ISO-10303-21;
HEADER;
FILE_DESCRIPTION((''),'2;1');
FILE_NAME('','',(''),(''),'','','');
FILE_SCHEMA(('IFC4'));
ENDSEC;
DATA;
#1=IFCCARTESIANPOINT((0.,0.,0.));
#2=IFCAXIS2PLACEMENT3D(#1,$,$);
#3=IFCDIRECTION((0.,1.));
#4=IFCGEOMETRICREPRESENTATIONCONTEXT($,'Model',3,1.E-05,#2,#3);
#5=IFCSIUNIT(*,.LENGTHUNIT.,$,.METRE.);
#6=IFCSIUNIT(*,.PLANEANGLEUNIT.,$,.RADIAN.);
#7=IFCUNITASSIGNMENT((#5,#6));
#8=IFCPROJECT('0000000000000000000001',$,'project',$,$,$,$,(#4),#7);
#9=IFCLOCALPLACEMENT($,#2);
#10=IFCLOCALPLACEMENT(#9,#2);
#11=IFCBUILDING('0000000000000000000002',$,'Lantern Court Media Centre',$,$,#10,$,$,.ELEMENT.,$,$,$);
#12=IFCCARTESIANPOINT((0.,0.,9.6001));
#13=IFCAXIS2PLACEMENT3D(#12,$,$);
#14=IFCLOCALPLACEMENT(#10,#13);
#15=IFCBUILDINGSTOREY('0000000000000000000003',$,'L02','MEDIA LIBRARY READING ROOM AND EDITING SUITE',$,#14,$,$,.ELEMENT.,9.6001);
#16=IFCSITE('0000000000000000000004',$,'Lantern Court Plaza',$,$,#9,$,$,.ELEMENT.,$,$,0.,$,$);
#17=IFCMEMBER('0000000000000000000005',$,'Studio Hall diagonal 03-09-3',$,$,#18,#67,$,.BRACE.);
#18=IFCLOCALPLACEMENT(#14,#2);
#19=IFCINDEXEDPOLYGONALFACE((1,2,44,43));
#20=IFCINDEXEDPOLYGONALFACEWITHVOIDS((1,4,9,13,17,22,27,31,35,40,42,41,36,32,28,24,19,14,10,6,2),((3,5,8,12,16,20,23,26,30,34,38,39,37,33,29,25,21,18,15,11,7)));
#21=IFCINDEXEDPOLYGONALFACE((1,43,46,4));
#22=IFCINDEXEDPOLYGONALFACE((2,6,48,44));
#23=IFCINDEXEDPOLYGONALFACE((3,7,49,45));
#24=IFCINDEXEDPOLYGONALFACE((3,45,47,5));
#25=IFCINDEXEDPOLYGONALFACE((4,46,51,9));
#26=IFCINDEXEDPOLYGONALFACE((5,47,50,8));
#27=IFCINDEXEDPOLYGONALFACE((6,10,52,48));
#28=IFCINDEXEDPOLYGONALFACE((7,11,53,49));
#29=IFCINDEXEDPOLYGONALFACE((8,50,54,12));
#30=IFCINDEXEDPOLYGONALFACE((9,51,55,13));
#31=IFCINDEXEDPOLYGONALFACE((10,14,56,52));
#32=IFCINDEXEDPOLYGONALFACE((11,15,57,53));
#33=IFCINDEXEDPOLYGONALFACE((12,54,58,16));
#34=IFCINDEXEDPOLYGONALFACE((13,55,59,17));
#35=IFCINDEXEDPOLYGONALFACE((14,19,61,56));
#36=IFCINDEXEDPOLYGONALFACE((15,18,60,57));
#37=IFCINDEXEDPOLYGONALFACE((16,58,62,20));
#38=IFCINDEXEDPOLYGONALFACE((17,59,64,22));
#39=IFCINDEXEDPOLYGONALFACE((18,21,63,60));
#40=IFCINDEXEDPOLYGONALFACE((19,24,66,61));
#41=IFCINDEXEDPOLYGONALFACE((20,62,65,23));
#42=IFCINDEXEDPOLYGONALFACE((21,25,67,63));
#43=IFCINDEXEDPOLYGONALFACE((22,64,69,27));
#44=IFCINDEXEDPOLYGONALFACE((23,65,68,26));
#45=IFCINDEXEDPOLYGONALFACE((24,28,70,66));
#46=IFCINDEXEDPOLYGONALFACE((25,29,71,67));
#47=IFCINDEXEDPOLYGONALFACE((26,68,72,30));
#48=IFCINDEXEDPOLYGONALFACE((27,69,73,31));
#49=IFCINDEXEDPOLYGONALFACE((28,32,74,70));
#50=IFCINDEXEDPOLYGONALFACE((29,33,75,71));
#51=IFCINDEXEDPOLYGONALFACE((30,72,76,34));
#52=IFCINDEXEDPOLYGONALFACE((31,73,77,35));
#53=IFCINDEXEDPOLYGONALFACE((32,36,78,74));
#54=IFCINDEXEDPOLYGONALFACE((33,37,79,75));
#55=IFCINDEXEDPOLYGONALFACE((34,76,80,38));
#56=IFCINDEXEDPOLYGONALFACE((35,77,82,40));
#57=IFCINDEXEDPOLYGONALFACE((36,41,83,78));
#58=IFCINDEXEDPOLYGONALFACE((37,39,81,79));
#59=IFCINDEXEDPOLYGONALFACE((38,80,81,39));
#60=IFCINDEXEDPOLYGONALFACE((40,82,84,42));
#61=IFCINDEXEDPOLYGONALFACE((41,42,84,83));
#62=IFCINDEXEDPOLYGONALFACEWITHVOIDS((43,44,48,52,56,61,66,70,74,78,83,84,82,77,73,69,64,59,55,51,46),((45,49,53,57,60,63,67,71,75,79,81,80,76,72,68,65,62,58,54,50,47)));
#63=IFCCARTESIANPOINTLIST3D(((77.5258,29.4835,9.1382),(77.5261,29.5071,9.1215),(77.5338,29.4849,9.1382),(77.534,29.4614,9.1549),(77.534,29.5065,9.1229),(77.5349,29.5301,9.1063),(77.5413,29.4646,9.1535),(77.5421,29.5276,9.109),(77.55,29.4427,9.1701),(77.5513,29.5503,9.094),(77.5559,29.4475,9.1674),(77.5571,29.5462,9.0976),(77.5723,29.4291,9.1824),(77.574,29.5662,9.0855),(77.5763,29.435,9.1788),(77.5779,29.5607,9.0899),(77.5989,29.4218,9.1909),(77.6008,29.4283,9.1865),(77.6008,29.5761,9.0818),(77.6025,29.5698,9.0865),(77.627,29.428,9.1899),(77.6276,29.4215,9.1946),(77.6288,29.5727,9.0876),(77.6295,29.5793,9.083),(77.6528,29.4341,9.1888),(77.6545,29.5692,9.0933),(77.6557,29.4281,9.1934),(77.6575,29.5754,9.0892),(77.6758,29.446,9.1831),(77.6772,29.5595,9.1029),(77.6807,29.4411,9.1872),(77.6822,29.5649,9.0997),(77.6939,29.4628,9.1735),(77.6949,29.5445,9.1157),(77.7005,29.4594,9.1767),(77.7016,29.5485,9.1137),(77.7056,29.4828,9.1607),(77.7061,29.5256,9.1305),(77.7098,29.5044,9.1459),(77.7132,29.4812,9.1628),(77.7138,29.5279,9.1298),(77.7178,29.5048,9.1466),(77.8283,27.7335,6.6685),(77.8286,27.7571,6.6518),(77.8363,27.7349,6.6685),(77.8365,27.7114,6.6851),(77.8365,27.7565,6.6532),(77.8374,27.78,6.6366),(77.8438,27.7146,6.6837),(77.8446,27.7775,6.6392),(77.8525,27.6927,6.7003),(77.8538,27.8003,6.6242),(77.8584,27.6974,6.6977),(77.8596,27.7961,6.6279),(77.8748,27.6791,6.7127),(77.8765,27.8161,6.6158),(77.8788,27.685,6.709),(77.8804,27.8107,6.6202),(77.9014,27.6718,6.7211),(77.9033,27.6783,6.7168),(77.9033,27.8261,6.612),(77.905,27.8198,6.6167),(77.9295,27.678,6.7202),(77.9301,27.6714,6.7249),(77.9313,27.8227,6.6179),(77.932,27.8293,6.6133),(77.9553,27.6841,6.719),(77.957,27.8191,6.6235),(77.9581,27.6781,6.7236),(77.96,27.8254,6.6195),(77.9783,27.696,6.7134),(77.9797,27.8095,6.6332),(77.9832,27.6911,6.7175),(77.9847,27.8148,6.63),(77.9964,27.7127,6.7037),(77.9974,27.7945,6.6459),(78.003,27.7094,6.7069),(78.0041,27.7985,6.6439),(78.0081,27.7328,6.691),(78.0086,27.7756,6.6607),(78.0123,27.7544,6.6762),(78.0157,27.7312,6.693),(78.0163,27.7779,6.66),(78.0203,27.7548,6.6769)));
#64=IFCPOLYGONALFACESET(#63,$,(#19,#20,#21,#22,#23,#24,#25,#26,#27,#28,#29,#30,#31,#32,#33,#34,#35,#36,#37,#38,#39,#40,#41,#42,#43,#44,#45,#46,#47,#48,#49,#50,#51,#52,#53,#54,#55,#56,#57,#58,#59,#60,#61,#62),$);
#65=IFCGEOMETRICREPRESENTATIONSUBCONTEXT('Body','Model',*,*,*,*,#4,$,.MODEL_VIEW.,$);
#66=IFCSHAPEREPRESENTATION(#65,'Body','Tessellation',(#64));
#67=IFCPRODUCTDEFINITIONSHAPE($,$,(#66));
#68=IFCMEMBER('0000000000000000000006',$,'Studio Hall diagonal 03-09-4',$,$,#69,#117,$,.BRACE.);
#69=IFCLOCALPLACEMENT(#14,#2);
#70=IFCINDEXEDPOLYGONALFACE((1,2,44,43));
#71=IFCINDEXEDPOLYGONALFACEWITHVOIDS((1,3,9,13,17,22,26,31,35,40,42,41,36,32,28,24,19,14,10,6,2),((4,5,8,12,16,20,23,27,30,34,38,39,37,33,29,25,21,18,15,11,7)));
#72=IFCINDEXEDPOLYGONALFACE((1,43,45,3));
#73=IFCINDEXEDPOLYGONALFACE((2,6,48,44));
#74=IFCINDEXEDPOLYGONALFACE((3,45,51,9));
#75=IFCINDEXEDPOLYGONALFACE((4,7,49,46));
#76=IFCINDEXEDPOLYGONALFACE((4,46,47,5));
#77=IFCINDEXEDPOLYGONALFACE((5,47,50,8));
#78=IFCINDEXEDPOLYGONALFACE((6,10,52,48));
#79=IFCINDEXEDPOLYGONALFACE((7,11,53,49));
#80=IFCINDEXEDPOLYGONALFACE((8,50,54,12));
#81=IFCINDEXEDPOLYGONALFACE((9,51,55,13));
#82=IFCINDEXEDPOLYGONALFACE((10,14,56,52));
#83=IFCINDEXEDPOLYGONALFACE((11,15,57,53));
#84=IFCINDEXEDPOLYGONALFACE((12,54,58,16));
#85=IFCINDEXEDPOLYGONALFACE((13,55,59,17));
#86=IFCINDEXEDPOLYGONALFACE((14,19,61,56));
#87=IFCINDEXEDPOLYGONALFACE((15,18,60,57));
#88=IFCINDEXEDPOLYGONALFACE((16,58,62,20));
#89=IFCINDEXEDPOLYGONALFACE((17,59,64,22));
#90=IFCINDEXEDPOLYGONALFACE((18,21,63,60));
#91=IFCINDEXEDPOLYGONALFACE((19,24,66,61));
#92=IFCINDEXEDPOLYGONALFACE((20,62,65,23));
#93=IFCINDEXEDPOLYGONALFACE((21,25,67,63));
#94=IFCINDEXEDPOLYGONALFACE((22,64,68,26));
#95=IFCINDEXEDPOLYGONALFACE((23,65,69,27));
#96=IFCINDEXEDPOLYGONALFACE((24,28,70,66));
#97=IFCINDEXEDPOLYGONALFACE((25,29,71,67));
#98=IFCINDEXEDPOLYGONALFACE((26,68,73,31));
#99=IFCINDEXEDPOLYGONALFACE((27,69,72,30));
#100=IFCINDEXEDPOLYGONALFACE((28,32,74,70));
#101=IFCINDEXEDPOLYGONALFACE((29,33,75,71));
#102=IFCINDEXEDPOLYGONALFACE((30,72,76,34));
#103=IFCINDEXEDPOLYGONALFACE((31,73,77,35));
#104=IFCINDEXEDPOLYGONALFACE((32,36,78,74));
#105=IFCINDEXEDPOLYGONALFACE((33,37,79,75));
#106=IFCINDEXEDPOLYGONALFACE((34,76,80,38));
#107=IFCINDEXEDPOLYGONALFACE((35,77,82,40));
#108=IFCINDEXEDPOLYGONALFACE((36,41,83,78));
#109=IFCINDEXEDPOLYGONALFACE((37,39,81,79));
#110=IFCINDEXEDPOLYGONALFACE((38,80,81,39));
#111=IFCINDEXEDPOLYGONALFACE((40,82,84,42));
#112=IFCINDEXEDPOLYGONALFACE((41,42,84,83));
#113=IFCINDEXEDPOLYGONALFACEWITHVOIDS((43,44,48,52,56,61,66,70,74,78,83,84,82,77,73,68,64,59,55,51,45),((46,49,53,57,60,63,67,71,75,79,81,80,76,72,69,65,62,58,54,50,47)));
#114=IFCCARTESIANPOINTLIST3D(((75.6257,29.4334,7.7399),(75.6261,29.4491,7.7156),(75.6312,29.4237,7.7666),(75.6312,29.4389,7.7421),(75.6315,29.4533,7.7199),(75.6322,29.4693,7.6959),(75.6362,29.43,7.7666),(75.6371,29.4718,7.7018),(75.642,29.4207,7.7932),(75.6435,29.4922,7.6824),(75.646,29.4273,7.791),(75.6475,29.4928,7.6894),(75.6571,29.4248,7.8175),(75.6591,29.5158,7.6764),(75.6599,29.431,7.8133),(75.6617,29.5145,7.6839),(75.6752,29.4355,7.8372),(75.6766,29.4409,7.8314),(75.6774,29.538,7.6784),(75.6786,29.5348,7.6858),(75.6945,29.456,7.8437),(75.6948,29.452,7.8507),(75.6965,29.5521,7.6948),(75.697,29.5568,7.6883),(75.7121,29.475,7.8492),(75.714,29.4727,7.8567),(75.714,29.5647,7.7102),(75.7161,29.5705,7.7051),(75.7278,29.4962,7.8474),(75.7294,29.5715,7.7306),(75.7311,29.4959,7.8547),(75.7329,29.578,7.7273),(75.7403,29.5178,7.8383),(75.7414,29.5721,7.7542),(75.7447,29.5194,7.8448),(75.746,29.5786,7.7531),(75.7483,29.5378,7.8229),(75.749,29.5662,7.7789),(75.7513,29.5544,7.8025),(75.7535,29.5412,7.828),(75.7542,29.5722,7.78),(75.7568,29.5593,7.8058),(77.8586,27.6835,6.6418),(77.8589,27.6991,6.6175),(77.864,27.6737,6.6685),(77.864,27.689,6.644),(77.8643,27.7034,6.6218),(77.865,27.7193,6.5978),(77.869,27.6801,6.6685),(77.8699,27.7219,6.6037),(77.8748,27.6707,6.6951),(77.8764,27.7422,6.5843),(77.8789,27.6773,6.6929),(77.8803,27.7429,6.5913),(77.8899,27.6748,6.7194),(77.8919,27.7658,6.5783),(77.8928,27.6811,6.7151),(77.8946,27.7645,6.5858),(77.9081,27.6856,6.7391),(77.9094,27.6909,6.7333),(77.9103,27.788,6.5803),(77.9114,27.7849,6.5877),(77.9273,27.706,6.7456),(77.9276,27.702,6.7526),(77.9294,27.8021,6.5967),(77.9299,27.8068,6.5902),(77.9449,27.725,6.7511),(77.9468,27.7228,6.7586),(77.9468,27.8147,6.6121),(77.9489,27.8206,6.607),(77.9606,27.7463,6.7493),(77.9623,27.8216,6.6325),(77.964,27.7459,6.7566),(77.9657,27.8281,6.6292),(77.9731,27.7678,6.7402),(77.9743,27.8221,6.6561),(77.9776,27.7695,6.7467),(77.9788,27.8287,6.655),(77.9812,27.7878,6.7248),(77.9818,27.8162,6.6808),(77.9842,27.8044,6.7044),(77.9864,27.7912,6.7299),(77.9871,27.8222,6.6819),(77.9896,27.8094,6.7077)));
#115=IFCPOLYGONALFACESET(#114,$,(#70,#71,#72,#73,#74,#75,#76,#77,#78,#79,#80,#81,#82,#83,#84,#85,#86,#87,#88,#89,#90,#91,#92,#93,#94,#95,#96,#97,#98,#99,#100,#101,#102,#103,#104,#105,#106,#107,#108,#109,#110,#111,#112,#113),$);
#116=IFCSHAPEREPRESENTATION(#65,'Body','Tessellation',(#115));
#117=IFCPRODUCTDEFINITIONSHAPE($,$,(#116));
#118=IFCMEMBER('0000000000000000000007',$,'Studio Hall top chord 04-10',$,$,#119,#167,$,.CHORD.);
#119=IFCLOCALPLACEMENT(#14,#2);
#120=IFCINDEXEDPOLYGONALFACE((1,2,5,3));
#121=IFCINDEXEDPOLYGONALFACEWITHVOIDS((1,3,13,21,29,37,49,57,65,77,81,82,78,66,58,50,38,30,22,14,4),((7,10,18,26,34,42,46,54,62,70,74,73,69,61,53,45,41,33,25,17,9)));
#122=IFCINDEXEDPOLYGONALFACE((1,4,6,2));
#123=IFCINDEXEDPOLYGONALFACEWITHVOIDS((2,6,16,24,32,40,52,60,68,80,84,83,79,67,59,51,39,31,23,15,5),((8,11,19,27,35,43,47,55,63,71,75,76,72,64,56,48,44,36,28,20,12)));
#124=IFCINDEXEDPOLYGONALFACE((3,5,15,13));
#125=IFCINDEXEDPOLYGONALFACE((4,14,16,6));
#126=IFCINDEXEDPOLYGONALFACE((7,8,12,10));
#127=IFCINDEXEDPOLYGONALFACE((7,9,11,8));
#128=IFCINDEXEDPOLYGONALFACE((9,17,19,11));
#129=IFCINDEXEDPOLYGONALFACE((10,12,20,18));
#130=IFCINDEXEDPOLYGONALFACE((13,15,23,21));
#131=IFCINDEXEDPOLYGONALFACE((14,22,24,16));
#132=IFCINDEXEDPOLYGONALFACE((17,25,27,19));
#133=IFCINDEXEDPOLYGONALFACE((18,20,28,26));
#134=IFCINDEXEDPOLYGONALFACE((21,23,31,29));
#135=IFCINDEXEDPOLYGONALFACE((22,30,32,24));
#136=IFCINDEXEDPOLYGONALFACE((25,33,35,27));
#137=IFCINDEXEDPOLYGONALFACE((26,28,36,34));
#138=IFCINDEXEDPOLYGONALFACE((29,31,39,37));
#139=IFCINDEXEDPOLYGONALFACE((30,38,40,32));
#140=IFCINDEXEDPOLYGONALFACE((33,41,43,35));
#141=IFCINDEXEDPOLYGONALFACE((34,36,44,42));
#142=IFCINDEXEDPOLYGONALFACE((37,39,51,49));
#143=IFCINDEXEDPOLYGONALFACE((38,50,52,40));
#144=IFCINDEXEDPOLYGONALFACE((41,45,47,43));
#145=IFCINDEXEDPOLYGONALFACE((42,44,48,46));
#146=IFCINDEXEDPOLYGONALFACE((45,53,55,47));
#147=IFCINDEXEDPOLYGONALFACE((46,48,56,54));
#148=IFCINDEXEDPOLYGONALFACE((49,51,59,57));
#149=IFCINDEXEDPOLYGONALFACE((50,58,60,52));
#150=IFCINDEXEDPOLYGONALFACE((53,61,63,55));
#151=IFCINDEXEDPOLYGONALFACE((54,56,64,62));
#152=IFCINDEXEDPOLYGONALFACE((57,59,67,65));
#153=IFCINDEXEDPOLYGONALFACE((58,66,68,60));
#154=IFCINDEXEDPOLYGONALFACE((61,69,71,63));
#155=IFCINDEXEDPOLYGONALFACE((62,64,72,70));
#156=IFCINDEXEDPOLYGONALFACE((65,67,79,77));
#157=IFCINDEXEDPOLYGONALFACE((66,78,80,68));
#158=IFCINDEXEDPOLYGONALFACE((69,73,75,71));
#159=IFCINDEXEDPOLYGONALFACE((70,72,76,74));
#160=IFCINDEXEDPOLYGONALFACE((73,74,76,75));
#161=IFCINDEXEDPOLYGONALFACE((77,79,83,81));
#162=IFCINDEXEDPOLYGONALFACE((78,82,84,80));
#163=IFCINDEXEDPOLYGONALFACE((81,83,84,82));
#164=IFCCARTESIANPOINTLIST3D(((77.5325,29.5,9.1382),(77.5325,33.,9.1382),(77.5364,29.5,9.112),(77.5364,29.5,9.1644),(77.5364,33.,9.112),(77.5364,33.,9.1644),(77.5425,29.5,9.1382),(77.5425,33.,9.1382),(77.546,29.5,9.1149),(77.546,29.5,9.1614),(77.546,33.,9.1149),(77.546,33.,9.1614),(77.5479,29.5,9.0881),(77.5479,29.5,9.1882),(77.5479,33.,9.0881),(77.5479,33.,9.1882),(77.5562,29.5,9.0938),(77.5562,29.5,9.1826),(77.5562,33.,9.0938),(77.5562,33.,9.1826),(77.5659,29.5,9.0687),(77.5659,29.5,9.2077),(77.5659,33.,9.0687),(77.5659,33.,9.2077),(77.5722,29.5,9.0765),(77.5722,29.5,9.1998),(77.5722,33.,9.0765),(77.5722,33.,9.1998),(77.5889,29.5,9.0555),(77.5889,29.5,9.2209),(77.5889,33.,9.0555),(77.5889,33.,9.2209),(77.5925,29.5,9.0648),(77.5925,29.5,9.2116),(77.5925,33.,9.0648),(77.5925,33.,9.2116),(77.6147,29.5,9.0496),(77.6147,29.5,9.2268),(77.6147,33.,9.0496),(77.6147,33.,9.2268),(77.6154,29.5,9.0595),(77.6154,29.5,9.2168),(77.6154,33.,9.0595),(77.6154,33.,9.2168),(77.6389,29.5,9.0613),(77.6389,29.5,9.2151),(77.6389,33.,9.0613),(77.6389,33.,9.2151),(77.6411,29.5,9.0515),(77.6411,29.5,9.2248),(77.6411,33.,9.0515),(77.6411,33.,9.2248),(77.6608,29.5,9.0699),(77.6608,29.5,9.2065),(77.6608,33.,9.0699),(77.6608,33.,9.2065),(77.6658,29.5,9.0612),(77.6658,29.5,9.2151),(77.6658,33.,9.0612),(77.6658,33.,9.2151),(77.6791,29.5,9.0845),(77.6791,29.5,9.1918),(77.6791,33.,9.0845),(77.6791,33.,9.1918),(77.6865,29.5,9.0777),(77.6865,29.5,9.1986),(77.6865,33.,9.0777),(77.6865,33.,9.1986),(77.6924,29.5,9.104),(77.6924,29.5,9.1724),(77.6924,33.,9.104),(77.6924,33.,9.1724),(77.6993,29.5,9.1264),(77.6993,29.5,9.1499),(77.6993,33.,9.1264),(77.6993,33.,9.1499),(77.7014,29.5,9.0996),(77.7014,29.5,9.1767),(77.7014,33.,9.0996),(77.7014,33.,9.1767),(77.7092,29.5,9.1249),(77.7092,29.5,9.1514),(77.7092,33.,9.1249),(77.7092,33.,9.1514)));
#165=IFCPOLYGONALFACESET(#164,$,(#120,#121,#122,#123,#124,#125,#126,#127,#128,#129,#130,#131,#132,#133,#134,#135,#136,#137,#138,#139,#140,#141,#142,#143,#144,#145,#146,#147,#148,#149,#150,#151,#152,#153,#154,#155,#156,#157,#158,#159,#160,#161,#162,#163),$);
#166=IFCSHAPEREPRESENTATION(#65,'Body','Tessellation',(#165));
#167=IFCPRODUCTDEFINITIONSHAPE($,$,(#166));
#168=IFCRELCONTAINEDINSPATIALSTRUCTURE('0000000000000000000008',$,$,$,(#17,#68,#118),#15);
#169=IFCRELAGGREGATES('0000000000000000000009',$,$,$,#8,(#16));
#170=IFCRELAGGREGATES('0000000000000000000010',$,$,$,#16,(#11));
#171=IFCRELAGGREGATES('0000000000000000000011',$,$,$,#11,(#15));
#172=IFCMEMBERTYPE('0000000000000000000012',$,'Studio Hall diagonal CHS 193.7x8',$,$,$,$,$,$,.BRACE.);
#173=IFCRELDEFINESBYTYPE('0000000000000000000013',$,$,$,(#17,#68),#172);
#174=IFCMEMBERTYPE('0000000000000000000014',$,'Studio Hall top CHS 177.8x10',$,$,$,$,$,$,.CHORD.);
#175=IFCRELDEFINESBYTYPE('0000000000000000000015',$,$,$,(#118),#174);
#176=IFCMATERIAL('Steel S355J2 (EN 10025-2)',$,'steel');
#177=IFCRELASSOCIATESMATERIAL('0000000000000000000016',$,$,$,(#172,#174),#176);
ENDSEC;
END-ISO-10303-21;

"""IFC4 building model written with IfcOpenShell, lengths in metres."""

from ifc_helpers import new_model, si_unit, direction, frame, origin, origin_2d, place, context, subcontext, project, spatial, hollow_circle, extrude, material, material_profile, profile_set, type_object, element, save


model = new_model("IFC4")

# Units and contexts
model_context = context("Model", 3, precision=1e-05, world=origin(), true_north=direction((0.0, 1.0)))
body_context = subcontext(model_context, "Body", "Model", "MODEL_VIEW")
ifc_project = project(units=[si_unit("LENGTHUNIT", "METRE"), si_unit("PLANEANGLEUNIT", "RADIAN")], contexts=[model_context])

# Site, building, storey
site_placement = place(None, origin())
site = spatial("IfcSite", under=ifc_project, at=site_placement, Name="Lantern Court Plaza", CompositionType="ELEMENT", RefElevation=0.0)
building_placement = place(site_placement, origin())
building = spatial("IfcBuilding", under=site, at=building_placement, Name="Lantern Court Media Centre", CompositionType="ELEMENT")
storey_placement = place(building_placement, frame((0.0, 0.0, 9.6001)))
storey = spatial("IfcBuildingStorey", under=building, at=storey_placement, Name="L02", Description="MEDIA LIBRARY READING ROOM AND EDITING SUITE", CompositionType="ELEMENT", Elevation=9.6001)

# Members
ifc_material = material(Name="Steel S355J2 (EN 10025-2)", Category="steel")
ifc_material_profile_1 = material_profile(ifc_material, hollow_circle(Radius=0.0969, WallThickness=0.0081, at=origin_2d()), Name="Studio Hall diagonal CHS 193.7x8")
ifc_profile_set_1 = profile_set([ifc_material_profile_1], Name="Steel S355J2 (EN 10025-2)")
member_type_1 = type_object("IfcMemberType", Name="Studio Hall diagonal CHS 193.7x8", PredefinedType="BRACE", material=ifc_profile_set_1)
for number, where, z_axis, x_axis, name in (
    (1, (77.9238, 27.75, 6.6685), (-0.099439, 0.575286, 0.811885), (-0.985388, -0.170326, 0.0), "Studio Hall diagonal 03-09-3"),
    (2, (77.9238, 27.75, 6.6685), (-0.734005, 0.575262, 0.360984), (-0.616856, -0.787076, 0.0), "Studio Hall diagonal 03-09-4"),
):
    element("IfcMember", number, at=place(storey_placement, frame(where, z_axis=z_axis, x_axis=x_axis)), inside=storey, type_object=member_type_1, Name=name, PredefinedType="BRACE", context=body_context, shape_type="SweptSolid", body=[
        extrude(hollow_circle(Radius=0.0969, WallThickness=0.0081, at=origin_2d()), origin(), (0.0, 0.0, 1.0), 3.042),
    ])
ifc_material_profile_2 = material_profile(ifc_material, hollow_circle(Radius=0.0889, WallThickness=0.01, at=origin_2d()), Name="Studio Hall top CHS 177.8x10")
ifc_profile_set_2 = profile_set([ifc_material_profile_2], Name="Steel S355J2 (EN 10025-2)")
member_type_2 = type_object("IfcMemberType", Name="Studio Hall top CHS 177.8x10", PredefinedType="CHORD", material=ifc_profile_set_2)
member_1_placement = place(storey_placement, frame((77.6213, 29.5, 9.1382), z_axis=(0.0, 1.0, 0.0), x_axis=(-1.0, 0.0, 0.0)))
element("IfcMember", 3, at=member_1_placement, inside=storey, type_object=member_type_2, Name="Studio Hall top chord 04-10", PredefinedType="CHORD", context=body_context, shape_type="SweptSolid", body=[
    extrude(hollow_circle(Radius=0.0889, WallThickness=0.01, at=origin_2d()), origin(), (0.0, 0.0, 1.0), 3.5),
])

save(model, "model.ifc")
